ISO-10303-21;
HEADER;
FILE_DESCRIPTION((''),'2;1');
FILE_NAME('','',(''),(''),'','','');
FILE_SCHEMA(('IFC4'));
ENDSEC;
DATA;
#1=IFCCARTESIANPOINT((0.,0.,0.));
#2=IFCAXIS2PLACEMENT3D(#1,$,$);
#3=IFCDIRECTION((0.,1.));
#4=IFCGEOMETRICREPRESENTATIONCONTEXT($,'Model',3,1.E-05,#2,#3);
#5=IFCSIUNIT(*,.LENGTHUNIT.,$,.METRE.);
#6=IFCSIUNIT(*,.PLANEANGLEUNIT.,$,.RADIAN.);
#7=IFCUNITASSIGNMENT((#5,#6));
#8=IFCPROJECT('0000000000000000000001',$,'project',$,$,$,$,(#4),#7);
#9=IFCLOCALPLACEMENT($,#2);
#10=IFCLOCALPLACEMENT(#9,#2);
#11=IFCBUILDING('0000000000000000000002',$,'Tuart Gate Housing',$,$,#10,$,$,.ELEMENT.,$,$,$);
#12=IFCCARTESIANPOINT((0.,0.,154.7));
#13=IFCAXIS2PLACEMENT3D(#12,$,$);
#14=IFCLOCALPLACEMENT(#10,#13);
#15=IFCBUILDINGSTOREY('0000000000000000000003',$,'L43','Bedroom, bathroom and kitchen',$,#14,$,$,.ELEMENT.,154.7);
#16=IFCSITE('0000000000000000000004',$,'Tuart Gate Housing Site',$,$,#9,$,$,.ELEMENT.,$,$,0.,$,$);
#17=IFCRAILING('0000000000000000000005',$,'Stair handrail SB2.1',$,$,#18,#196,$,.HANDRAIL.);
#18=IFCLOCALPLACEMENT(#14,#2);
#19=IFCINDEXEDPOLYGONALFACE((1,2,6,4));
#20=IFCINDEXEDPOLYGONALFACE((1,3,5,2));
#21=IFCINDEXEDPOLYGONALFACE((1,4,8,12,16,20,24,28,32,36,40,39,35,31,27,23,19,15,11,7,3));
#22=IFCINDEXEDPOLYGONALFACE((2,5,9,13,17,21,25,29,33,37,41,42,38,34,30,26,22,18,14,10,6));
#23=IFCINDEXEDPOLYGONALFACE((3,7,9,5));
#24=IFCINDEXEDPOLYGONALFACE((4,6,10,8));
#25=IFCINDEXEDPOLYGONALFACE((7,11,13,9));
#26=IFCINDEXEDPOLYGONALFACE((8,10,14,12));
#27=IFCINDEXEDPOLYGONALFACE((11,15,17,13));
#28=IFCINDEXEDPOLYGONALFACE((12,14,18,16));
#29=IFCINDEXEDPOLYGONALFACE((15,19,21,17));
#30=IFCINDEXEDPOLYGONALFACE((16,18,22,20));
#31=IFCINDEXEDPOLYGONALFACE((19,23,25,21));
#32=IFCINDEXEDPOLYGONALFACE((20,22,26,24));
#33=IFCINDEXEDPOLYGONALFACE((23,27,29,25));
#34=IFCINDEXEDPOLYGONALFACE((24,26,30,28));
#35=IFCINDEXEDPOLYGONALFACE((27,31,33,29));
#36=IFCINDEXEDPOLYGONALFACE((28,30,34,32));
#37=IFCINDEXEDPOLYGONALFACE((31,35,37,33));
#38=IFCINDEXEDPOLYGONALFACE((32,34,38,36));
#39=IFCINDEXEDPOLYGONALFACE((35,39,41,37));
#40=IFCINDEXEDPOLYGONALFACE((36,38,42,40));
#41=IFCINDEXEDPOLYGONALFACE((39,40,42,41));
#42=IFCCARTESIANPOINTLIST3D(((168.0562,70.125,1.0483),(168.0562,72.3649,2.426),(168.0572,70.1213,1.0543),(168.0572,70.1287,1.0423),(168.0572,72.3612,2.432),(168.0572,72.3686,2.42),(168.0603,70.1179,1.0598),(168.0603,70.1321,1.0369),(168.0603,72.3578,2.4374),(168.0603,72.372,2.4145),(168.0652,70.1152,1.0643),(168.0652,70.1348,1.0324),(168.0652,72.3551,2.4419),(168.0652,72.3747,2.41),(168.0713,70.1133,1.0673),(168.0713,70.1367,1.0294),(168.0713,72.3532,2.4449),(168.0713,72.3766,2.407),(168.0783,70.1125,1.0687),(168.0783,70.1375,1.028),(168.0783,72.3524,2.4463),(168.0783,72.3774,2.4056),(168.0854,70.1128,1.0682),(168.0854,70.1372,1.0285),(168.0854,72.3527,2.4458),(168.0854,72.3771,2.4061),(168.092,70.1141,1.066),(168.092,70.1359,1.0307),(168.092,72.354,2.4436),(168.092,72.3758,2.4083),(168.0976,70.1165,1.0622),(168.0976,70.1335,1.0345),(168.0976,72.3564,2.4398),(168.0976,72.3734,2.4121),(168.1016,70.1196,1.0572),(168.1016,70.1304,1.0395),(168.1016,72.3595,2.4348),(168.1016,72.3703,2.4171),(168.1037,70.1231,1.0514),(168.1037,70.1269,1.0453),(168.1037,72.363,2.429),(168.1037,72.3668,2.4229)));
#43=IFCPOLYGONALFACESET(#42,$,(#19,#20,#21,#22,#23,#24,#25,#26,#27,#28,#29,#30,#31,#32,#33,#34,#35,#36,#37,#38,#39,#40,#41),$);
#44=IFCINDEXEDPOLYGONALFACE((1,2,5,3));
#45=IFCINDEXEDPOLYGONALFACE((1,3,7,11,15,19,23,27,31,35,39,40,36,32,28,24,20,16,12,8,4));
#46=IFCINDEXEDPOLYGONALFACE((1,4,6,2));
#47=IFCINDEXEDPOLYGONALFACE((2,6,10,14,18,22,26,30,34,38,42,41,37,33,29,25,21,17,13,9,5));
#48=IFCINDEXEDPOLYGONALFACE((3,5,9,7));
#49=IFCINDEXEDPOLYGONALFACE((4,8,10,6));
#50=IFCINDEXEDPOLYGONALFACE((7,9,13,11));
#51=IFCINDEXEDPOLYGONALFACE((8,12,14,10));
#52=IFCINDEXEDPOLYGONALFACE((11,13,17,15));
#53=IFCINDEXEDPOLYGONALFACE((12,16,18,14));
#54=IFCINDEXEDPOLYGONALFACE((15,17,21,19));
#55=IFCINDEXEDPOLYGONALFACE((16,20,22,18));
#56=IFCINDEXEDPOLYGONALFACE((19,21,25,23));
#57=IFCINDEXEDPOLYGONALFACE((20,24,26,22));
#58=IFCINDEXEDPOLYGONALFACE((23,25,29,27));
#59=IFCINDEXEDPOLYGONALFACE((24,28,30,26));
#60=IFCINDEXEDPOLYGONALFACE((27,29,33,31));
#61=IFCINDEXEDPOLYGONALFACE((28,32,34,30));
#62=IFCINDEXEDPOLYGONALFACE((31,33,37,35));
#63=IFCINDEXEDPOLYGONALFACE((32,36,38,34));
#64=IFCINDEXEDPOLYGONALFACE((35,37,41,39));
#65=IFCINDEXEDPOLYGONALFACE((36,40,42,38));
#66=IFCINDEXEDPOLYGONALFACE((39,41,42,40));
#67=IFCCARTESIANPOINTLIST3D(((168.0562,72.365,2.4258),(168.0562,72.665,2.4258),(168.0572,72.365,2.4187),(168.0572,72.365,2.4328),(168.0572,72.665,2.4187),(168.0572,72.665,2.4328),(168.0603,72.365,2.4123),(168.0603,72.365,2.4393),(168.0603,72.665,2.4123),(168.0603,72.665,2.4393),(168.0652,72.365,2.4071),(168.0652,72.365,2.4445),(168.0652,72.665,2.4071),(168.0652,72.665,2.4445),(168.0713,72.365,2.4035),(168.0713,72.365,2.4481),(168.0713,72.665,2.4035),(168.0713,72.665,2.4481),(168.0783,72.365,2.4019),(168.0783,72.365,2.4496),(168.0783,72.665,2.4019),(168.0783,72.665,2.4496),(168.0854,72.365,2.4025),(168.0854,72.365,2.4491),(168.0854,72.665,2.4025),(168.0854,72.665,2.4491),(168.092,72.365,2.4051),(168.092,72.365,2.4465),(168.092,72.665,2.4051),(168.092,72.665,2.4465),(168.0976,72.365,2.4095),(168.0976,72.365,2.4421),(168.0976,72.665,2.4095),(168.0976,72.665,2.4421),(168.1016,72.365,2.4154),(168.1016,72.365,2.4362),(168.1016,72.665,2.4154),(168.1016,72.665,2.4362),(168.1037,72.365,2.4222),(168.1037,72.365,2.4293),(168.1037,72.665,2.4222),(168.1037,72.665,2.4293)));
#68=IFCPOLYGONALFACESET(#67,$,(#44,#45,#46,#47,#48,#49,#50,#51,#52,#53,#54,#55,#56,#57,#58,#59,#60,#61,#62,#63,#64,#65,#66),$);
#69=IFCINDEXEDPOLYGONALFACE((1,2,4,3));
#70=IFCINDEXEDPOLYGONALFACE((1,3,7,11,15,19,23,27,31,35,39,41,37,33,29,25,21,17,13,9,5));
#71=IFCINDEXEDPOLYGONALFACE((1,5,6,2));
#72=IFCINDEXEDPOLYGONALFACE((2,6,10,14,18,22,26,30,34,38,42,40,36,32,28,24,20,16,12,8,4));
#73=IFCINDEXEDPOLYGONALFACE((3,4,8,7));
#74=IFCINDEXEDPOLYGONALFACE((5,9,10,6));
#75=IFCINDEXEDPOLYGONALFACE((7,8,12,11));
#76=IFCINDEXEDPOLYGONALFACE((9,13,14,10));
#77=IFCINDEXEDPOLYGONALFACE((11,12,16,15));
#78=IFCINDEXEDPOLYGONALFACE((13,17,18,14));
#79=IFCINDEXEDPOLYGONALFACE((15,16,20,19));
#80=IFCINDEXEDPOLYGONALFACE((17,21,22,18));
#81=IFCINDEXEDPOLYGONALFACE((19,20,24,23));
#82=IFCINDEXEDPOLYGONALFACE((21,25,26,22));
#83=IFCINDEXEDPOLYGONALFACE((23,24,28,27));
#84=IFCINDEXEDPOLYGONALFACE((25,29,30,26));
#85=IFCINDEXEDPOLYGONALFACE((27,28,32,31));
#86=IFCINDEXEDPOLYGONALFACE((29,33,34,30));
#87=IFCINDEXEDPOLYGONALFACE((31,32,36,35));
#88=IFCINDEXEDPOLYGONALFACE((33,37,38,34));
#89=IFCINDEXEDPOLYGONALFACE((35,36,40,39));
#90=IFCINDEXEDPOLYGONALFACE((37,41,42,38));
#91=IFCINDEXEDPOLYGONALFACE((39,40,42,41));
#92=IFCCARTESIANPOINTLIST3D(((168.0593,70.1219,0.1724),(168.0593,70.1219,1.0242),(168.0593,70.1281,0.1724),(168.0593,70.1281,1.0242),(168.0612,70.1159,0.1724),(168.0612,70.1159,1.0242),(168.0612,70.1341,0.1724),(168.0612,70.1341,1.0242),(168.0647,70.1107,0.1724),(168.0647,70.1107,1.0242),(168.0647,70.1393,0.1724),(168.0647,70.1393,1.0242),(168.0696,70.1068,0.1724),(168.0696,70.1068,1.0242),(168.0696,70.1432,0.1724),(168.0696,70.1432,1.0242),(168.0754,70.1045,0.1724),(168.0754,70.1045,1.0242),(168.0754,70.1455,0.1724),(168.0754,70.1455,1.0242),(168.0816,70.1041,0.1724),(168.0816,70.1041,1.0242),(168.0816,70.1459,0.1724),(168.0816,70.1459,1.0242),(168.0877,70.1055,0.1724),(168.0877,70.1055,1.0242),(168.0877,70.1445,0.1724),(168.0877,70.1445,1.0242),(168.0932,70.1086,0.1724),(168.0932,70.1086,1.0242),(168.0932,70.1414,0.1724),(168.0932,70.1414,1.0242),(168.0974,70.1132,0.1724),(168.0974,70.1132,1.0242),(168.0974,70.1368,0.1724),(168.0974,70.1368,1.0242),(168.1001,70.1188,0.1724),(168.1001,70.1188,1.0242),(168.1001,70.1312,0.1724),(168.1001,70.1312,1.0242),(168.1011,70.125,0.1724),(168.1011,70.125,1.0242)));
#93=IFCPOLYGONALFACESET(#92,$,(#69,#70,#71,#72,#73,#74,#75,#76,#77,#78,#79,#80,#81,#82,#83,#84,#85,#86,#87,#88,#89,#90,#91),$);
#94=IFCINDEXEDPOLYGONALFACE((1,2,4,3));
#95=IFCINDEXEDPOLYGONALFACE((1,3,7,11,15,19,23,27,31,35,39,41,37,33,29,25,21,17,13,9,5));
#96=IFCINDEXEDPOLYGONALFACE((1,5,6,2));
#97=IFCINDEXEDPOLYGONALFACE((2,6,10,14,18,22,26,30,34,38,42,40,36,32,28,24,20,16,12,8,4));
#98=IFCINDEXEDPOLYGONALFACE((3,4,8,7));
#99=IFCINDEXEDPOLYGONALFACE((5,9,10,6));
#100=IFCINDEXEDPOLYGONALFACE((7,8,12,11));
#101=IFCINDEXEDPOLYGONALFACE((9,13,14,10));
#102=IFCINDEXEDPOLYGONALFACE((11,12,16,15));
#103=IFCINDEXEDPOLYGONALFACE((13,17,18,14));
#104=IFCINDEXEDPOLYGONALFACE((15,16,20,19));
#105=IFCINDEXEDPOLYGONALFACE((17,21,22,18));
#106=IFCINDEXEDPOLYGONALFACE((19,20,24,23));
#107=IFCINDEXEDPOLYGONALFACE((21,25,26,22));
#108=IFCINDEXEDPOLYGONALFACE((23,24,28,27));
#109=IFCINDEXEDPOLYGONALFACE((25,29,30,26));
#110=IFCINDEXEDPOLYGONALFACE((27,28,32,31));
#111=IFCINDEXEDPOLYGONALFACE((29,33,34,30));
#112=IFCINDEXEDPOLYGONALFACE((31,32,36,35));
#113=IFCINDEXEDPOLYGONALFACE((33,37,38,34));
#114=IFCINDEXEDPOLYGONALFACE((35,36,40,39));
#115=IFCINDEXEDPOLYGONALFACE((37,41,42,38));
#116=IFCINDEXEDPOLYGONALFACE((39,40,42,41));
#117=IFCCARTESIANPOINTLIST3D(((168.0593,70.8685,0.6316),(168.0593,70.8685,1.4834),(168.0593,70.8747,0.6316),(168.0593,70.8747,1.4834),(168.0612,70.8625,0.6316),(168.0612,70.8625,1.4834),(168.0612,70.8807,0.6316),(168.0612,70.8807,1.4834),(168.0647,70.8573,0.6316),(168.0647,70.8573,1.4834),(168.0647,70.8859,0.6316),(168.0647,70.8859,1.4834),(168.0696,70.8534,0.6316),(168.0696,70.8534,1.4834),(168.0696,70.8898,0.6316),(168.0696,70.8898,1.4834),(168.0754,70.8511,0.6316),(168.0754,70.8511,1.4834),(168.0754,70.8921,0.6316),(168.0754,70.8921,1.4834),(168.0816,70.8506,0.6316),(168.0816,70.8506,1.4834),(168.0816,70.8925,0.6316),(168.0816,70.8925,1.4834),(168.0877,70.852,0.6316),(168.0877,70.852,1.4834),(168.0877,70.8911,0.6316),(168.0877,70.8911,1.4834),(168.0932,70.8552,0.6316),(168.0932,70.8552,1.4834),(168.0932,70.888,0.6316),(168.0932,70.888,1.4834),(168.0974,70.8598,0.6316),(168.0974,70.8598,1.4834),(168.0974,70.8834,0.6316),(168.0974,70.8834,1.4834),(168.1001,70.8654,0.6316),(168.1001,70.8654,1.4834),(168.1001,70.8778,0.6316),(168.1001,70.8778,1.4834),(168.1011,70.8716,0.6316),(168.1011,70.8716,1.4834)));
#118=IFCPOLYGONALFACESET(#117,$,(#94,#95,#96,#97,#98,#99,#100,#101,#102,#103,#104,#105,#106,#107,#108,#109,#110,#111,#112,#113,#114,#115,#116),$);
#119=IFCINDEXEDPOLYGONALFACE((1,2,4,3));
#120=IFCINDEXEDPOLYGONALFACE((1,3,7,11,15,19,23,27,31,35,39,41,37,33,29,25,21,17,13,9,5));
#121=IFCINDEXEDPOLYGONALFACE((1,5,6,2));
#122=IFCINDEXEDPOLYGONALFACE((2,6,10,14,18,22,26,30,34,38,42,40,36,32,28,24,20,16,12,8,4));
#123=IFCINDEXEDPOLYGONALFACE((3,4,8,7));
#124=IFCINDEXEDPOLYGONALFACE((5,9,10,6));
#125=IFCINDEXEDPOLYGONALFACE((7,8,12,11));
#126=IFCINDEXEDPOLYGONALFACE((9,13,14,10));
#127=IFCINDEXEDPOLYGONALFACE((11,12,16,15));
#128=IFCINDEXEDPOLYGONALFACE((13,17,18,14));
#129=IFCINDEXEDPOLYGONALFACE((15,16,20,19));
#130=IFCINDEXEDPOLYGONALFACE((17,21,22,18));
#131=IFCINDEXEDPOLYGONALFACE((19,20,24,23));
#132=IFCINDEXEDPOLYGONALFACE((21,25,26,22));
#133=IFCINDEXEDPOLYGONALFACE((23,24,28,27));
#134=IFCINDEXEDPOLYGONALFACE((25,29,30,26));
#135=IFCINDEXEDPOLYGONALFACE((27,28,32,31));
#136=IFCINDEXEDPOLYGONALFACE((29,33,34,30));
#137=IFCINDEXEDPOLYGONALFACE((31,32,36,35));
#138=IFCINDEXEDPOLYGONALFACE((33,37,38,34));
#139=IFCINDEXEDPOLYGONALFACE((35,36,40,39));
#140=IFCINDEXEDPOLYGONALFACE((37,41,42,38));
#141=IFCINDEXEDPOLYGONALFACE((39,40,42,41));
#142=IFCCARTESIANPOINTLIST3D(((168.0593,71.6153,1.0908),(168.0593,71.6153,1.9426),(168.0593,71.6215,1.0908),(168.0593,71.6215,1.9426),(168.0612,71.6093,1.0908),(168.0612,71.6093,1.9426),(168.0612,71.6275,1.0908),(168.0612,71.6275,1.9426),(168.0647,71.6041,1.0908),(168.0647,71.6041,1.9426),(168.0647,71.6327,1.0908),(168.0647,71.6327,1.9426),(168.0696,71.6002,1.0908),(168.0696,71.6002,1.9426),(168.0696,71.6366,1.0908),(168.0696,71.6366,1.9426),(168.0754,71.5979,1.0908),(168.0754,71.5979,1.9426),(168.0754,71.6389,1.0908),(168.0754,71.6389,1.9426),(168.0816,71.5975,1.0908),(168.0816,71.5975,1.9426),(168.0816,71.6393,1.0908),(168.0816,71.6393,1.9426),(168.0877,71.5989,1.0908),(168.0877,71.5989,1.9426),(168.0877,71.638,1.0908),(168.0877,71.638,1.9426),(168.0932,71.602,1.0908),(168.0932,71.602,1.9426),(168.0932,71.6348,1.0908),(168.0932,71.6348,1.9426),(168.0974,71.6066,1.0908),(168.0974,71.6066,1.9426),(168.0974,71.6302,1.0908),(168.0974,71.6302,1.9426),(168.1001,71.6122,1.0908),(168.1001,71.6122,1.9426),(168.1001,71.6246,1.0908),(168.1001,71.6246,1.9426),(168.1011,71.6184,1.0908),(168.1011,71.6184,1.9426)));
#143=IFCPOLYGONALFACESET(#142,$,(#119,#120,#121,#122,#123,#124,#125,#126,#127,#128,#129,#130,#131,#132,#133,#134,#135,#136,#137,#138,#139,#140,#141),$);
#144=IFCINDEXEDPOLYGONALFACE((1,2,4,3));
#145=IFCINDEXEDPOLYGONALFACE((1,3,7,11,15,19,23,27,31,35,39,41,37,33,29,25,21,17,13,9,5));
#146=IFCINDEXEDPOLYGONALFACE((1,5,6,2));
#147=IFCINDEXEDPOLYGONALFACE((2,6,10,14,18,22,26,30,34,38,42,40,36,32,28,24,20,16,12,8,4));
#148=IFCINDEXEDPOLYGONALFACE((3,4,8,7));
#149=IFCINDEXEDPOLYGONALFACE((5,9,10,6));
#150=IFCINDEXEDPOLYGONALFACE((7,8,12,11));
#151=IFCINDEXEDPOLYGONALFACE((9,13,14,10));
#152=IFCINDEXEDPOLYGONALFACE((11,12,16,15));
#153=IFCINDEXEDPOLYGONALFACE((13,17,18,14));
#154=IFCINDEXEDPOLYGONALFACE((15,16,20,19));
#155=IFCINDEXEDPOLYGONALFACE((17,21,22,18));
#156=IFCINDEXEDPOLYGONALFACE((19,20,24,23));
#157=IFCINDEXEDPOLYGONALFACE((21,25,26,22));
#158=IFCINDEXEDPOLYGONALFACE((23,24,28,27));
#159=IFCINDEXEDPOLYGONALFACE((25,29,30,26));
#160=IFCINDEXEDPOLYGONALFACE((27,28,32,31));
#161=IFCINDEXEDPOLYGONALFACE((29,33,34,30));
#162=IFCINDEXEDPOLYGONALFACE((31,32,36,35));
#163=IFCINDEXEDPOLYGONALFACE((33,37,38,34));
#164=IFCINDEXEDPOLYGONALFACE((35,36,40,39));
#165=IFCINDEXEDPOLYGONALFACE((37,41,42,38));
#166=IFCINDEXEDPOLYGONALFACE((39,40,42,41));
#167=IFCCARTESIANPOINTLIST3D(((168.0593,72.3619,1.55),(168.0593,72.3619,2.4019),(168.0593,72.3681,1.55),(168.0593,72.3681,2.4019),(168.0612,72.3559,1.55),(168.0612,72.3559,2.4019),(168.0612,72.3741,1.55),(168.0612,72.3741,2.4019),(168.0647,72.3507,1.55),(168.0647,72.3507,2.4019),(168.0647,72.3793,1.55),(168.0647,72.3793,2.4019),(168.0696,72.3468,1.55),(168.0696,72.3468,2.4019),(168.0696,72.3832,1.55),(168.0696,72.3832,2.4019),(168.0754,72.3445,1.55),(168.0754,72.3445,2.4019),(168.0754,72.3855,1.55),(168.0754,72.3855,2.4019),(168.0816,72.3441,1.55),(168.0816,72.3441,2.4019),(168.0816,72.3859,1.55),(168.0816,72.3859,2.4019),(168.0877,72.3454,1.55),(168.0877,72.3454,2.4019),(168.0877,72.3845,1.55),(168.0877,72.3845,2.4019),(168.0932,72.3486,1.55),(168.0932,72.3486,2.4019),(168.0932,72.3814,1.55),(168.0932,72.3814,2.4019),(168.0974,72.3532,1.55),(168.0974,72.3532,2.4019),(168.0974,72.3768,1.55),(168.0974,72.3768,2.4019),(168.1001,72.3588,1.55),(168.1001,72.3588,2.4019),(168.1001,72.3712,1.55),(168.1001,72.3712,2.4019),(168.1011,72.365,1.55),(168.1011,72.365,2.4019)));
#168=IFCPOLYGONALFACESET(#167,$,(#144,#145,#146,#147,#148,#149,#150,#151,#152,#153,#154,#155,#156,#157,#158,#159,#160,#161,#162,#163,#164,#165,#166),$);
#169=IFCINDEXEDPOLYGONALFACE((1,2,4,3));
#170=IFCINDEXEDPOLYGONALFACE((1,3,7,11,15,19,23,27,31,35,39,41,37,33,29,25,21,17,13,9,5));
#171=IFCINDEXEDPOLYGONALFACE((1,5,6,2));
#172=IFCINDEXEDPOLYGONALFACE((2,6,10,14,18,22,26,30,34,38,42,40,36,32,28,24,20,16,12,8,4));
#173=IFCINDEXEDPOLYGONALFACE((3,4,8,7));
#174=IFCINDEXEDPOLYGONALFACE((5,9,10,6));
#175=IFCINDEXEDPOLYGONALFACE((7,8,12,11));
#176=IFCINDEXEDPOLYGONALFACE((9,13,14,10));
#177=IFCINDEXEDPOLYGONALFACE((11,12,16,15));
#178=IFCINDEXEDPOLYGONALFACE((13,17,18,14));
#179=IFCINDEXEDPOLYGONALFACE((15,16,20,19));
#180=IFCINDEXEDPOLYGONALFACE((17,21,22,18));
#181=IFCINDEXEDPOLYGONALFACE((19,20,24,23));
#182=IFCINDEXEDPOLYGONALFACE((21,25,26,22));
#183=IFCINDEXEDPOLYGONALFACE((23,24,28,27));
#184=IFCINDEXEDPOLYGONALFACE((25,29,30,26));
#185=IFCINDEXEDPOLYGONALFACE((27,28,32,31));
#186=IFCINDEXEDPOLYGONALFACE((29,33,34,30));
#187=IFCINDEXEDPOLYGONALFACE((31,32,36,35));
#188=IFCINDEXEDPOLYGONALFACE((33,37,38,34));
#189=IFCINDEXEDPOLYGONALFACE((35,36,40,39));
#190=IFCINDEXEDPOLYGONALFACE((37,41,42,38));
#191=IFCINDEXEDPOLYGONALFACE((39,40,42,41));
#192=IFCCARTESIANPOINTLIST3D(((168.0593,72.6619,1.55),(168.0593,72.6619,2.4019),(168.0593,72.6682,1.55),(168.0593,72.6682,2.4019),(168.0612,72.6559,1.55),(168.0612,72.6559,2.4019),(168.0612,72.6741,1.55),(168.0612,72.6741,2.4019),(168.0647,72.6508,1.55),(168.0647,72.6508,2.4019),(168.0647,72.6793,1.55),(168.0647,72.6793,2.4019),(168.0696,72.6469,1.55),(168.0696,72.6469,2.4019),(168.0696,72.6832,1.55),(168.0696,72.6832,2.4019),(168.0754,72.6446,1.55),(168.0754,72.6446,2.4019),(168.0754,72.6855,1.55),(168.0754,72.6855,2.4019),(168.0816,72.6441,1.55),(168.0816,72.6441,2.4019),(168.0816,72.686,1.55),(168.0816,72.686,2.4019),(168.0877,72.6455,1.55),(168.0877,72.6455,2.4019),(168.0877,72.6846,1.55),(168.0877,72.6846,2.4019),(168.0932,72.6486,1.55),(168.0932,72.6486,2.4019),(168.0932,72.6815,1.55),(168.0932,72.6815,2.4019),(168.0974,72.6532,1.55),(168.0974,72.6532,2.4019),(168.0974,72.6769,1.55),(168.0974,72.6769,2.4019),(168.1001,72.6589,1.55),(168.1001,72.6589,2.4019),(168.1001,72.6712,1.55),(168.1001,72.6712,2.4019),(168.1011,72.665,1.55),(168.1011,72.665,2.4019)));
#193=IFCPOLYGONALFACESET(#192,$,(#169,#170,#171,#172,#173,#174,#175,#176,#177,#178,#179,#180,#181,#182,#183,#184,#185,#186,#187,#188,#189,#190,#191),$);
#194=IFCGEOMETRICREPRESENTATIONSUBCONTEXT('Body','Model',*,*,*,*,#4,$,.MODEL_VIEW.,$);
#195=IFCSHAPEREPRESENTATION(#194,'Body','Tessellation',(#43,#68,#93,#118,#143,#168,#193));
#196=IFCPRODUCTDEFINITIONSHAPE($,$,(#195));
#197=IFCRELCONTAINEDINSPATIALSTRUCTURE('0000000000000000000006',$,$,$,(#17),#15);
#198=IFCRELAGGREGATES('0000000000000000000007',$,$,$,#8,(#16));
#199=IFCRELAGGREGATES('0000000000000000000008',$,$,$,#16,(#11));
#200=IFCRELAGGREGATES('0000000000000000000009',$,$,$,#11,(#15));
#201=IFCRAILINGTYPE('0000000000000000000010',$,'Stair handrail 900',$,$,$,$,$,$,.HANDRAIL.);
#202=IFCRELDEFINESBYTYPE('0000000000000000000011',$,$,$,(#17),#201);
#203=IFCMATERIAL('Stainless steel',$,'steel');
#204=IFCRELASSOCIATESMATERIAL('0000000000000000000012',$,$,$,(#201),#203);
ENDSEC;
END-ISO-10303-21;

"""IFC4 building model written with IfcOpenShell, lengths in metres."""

from ifc_helpers import new_model, si_unit, direction, frame, origin, origin_2d, place, context, subcontext, project, spatial, circle, extrude, material, type_object, element, save


model = new_model("IFC4")

# Units and contexts
model_context = context("Model", 3, precision=1e-05, world=origin(), true_north=direction((0.0, 1.0)))
body_context = subcontext(model_context, "Body", "Model", "MODEL_VIEW")
ifc_project = project(units=[si_unit("LENGTHUNIT", "METRE"), si_unit("PLANEANGLEUNIT", "RADIAN")], contexts=[model_context])

# Site, building, storey
site_placement = place(None, origin())
site = spatial("IfcSite", under=ifc_project, at=site_placement, Name="Tuart Gate Housing Site", CompositionType="ELEMENT", RefElevation=0.0)
building_placement = place(site_placement, origin())
building = spatial("IfcBuilding", under=site, at=building_placement, Name="Tuart Gate Housing", CompositionType="ELEMENT")
storey_placement = place(building_placement, frame((0.0, 0.0, 154.7)))
storey = spatial("IfcBuildingStorey", under=building, at=storey_placement, Name="L43", Description="Bedroom, bathroom and kitchen", CompositionType="ELEMENT", Elevation=154.7)

# Railing
ifc_material_1 = material(Name="Stainless steel", Category="steel")
railing_type = type_object("IfcRailingType", Name="Stair handrail 900", PredefinedType="HANDRAIL", material=ifc_material_1)
railing_placement = place(storey_placement, frame((168.0801, 70.125, 0.1724)))
element("IfcRailing", 1, at=railing_placement, inside=storey, type_object=railing_type, Name="Stair handrail SB2.1", PredefinedType="HANDRAIL", context=body_context, shape_type="SweptSolid", body=[
    extrude(circle(Radius=0.0239, at=origin_2d()), frame((0.0, 0.0, 0.876), z_axis=(0.0, 0.851789, 0.523885), x_axis=(-1.0, 0.0, 0.0)), (0.0, 0.0, 1.0), 2.6296),
    extrude(circle(Radius=0.0239, at=origin_2d()), frame((0.0, 2.24, 2.2534), z_axis=(0.0, 1.0, 0.0), x_axis=(-1.0, 0.0, 0.0)), (0.0, 0.0, 1.0), 0.3),
    extrude(circle(Radius=0.021, at=origin_2d()), origin(), (0.0, 0.0, 1.0), 0.8518),
    extrude(circle(Radius=0.021, at=origin_2d()), frame((0.0, 0.7466, 0.4592)), (0.0, 0.0, 1.0), 0.8518),
    extrude(circle(Radius=0.021, at=origin_2d()), frame((0.0, 1.4934, 0.9185)), (0.0, 0.0, 1.0), 0.8518),
    extrude(circle(Radius=0.021, at=origin_2d()), frame((0.0, 2.24, 1.3777)), (0.0, 0.0, 1.0), 0.8518),
    extrude(circle(Radius=0.021, at=origin_2d()), frame((0.0, 2.54, 1.3777)), (0.0, 0.0, 1.0), 0.8518),
])

save(model, "model.ifc")
